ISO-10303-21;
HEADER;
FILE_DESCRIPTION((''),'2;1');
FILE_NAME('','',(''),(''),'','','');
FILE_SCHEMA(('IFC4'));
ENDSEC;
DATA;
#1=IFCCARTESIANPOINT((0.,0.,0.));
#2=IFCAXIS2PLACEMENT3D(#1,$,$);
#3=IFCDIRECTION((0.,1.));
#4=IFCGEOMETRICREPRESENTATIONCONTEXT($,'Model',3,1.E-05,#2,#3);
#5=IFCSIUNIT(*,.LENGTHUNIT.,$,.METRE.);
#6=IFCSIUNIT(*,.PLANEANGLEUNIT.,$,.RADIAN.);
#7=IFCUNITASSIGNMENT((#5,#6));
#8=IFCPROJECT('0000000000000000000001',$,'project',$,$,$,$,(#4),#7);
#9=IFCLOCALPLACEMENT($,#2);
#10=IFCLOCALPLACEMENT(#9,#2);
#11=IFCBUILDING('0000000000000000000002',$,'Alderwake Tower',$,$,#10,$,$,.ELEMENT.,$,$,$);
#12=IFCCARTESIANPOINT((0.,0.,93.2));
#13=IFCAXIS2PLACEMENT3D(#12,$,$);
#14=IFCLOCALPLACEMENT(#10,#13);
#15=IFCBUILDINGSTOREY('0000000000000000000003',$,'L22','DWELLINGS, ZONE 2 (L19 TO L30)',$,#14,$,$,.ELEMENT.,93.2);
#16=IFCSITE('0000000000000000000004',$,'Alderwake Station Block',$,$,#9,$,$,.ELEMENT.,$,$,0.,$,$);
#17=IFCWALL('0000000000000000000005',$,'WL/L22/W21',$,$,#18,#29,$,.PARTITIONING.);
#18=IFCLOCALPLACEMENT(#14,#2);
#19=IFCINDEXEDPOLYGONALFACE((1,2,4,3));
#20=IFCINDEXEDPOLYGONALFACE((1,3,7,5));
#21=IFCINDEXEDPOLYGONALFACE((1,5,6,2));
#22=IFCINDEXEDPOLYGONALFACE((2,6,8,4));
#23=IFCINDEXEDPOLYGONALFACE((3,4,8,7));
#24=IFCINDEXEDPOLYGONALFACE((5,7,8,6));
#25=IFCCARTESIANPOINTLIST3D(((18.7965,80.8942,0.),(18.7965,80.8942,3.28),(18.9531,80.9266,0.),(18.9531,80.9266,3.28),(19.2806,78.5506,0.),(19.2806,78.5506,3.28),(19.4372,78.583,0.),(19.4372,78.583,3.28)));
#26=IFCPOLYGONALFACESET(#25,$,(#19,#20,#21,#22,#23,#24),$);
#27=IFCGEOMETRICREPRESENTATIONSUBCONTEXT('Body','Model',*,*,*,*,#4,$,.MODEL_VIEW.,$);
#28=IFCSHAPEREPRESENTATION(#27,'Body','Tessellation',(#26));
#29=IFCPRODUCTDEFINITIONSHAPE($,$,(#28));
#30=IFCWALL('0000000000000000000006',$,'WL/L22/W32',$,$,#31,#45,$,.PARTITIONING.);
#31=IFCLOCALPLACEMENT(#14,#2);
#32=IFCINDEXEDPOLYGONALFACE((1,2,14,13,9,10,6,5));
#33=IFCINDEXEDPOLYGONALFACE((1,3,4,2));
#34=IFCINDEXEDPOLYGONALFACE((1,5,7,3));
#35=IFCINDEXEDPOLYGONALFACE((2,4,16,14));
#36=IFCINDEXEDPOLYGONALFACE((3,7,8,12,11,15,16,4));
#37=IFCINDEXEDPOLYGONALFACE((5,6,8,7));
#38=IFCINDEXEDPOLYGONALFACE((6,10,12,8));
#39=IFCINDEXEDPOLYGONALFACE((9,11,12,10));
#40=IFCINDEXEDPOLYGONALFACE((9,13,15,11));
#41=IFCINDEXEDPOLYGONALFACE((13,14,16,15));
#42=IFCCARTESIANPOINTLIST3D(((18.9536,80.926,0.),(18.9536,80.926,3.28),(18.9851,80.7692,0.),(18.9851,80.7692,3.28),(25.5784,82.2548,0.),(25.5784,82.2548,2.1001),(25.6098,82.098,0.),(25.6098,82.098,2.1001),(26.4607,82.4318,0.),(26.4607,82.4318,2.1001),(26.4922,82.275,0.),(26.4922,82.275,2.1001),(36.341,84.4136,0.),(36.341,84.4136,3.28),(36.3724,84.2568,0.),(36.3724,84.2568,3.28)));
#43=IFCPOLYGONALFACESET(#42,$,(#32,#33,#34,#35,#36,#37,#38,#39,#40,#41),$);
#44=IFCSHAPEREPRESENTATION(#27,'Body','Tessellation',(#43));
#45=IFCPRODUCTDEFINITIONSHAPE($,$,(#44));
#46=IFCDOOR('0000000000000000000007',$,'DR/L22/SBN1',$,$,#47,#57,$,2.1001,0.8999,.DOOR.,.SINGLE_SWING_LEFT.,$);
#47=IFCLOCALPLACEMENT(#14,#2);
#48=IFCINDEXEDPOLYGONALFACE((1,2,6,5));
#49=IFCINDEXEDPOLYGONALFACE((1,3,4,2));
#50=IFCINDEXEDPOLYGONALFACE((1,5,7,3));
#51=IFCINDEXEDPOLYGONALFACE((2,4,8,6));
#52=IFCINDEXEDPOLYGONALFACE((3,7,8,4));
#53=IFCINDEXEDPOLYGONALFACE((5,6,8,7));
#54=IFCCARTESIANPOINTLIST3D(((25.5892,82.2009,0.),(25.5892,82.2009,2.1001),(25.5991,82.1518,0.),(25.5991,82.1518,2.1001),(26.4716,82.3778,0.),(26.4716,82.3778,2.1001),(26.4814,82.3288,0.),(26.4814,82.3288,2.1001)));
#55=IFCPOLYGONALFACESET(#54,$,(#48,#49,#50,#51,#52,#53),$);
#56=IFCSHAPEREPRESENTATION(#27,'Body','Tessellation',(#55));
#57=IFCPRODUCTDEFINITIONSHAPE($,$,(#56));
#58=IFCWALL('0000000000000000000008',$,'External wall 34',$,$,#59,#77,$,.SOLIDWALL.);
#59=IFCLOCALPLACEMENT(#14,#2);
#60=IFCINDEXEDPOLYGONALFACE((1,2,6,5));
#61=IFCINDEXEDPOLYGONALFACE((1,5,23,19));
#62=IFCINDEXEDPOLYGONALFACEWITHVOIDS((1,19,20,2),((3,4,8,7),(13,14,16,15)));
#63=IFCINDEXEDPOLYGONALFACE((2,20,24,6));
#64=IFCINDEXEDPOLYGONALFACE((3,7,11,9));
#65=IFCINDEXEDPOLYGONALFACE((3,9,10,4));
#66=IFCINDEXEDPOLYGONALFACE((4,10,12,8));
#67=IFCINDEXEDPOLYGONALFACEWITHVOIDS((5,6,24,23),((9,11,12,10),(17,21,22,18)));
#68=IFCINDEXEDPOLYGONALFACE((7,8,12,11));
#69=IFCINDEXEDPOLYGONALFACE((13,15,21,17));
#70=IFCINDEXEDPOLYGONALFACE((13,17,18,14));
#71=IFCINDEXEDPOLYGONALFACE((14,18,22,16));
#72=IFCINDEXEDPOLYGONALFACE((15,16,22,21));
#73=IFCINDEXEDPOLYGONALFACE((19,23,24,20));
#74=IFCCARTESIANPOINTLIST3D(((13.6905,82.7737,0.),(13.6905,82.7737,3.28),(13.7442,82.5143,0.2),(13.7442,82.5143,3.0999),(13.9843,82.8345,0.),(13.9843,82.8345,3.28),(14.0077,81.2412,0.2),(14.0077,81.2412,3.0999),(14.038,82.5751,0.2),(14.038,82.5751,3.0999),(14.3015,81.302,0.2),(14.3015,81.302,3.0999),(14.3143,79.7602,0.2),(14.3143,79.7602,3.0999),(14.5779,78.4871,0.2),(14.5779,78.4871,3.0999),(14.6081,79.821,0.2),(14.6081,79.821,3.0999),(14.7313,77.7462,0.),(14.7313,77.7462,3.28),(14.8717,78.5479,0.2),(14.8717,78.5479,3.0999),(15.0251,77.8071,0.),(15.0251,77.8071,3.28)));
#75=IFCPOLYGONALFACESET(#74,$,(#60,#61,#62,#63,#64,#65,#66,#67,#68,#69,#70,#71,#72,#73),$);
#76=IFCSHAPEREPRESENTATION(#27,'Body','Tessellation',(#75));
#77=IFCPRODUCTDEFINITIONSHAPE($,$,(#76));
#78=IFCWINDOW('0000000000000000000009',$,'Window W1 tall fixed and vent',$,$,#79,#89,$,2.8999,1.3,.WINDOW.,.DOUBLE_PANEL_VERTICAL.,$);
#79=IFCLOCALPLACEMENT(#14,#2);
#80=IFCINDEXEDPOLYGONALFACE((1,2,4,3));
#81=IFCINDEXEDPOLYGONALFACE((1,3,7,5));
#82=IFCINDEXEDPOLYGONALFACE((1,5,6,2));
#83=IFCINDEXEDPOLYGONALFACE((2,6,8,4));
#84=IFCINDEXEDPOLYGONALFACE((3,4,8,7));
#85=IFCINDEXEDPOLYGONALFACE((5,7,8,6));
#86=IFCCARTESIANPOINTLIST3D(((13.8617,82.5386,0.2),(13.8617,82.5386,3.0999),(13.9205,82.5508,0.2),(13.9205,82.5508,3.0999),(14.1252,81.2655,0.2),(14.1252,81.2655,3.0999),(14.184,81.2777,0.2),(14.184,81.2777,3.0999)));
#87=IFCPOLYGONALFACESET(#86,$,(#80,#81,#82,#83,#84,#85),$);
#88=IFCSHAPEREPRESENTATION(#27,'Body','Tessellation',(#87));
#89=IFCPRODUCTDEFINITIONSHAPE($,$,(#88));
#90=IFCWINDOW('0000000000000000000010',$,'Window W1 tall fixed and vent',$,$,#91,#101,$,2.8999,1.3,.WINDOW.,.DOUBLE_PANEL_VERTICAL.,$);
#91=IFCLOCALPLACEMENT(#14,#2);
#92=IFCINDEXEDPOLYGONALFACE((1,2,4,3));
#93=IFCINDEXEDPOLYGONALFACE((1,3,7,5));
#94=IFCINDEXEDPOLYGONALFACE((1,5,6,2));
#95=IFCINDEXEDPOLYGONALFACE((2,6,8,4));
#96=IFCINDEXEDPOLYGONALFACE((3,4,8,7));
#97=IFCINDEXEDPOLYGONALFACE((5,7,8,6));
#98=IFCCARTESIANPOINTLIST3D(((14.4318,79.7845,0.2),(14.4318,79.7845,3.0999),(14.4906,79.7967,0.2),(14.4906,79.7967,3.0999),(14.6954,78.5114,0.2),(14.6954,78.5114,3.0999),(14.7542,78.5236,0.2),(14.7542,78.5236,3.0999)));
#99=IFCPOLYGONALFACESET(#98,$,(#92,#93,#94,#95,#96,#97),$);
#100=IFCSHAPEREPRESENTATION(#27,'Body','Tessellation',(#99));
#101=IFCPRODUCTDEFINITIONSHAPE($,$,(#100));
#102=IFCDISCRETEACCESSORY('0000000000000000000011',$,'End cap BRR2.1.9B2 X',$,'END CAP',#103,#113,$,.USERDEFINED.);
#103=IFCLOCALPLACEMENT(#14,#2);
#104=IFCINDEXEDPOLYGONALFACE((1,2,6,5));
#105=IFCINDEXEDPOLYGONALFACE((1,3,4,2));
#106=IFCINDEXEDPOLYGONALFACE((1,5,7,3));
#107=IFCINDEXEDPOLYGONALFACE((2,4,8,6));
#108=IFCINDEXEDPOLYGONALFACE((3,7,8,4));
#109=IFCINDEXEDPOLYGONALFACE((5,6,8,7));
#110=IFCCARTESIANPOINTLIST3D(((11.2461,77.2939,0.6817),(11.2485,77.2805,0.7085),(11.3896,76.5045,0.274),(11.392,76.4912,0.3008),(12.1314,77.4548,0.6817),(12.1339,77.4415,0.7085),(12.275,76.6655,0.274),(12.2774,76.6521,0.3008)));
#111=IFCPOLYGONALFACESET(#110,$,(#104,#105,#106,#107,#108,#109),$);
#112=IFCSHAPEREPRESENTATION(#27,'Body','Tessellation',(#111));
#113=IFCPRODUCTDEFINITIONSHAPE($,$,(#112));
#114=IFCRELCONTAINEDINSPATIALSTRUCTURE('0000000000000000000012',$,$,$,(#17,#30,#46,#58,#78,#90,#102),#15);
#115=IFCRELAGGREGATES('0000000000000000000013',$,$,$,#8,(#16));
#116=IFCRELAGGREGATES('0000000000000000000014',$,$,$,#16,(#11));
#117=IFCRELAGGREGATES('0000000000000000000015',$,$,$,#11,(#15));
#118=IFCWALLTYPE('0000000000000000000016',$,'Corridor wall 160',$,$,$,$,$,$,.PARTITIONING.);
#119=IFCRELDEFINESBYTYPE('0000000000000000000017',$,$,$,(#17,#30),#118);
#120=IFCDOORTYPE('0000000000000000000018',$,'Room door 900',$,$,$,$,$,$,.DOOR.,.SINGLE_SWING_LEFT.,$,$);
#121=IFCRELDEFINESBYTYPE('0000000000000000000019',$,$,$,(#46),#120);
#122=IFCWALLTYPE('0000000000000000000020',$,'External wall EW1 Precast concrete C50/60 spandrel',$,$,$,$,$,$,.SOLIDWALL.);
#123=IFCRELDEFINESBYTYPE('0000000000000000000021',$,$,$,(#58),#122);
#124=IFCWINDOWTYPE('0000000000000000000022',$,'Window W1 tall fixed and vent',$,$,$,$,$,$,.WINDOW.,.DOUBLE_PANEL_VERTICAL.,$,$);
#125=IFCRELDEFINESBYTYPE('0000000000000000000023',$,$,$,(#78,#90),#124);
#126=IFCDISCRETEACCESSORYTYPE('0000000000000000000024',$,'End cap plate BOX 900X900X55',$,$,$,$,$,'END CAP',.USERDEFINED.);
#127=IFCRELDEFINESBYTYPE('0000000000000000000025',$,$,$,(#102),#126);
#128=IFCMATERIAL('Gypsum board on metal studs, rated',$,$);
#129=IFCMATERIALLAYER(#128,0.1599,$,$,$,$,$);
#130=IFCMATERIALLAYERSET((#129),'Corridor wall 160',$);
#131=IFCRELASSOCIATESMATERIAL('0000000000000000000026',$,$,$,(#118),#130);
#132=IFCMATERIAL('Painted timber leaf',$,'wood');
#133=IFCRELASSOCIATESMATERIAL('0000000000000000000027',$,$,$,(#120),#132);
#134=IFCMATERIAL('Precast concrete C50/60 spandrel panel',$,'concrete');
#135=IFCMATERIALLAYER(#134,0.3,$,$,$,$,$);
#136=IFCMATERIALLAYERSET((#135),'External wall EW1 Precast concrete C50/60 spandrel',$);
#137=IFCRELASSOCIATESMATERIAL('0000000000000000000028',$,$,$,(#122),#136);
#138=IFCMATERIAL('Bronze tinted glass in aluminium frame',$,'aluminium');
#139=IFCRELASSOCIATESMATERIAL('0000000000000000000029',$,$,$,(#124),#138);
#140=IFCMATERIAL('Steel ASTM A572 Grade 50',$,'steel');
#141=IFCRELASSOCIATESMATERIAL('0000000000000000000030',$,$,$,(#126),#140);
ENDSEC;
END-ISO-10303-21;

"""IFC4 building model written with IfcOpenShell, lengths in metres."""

from ifc_helpers import new_model, si_unit, direction, frame, frame_2d, origin, origin_2d, place, context, subcontext, project, spatial, rectangle, extrude, material, layer, layer_set, material_profile, profile_set, type_object, element, fill, save


model = new_model("IFC4")

# Units and contexts
model_context = context("Model", 3, precision=1e-05, world=origin(), true_north=direction((0.0, 1.0)))
body_context = subcontext(model_context, "Body", "Model", "MODEL_VIEW")
ifc_project = project(units=[si_unit("LENGTHUNIT", "METRE"), si_unit("PLANEANGLEUNIT", "RADIAN")], contexts=[model_context])

# Site, building, storey
site_placement = place(None, origin())
site = spatial("IfcSite", under=ifc_project, at=site_placement, Name="Alderwake Station Block", CompositionType="ELEMENT", RefElevation=0.0)
building_placement = place(site_placement, origin())
building = spatial("IfcBuilding", under=site, at=building_placement, Name="Alderwake Tower", CompositionType="ELEMENT")
storey_placement = place(building_placement, frame((0.0, 0.0, 93.2)))
storey = spatial("IfcBuildingStorey", under=building, at=storey_placement, Name="L22", Description="DWELLINGS, ZONE 2 (L19 TO L30)", CompositionType="ELEMENT", Elevation=93.2)

# Wall
ifc_material_1 = material(Name="Gypsum board on metal studs, rated")
ifc_layer_1 = layer(ifc_material_1, 0.1599)
ifc_layer_set_1 = layer_set([ifc_layer_1], Name="Corridor wall 160")
wall_type_1 = type_object("IfcWallType", Name="Corridor wall 160", PredefinedType="PARTITIONING", material=ifc_layer_set_1)
wall_1_placement = place(storey_placement, frame((18.8748, 80.9104, 0.0), z_axis=(0.0, 0.0, 1.0), x_axis=(0.202312, -0.979321, 0.0)))
element("IfcWall", 1, at=wall_1_placement, inside=storey, type_object=wall_type_1, Name="WL/L22/W21", PredefinedType="PARTITIONING", context=body_context, shape_type="SweptSolid", body=[
    extrude(rectangle(XDim=2.3931, YDim=0.1599, at=frame_2d((1.1965, 0.0))), origin(), (0.0, 0.0, 1.0), 3.28),
])

# Wall, opening, door
wall_2_placement = place(storey_placement, frame((18.9695, 80.8477, 0.0), z_axis=(0.0, 0.0, 1.0), x_axis=(0.980471, 0.196664, 0.0)))
wall_2 = element("IfcWall", 2, at=wall_2_placement, inside=storey, type_object=wall_type_1, Name="WL/L22/W32", PredefinedType="PARTITIONING", context=body_context, shape_type="SweptSolid", body=[
    extrude(rectangle(XDim=17.7336, YDim=0.1599, at=frame_2d((8.8667, 0.0))), origin(), (0.0, 0.0, 1.0), 3.28),
])
opening_1_placement = place(wall_2_placement, frame((6.7566, 0.0, 0.0)))
opening_1 = element("IfcOpeningElement", 3, at=opening_1_placement, cuts=wall_2, PredefinedType="OPENING", context=body_context, shape_type="SweptSolid", body=[
    extrude(rectangle(XDim=0.8999, YDim=2.1001, at=frame_2d((0.45, 1.05))), frame((0.0, 0.0898, 0.0), z_axis=(0.0, -1.0, 0.0), x_axis=(1.0, 0.0, 0.0)), (0.0, 0.0, 1.0), 0.1799),
])
ifc_material_2 = material(Name="Painted timber leaf", Category="wood")
door_type_1 = type_object("IfcDoorType", Name="Room door 900", OperationType="SINGLE_SWING_LEFT", PredefinedType="DOOR", material=ifc_material_2)
door_1_placement = place(opening_1_placement, origin())
door_1 = element("IfcDoor", 4, at=door_1_placement, inside=storey, type_object=door_type_1, Name="DR/L22/SBN1", OperationType="SINGLE_SWING_LEFT", OverallHeight=2.1001, OverallWidth=0.8999, PredefinedType="DOOR", context=body_context, shape_type="SweptSolid", body=[
    extrude(rectangle(XDim=0.8999, YDim=2.1001, at=frame_2d((0.45, 1.05))), frame((0.0, 0.0249, 0.0), z_axis=(0.0, -1.0, 0.0), x_axis=(1.0, 0.0, 0.0)), (0.0, 0.0, 1.0), 0.05),
])
fill(opening_1, door_1)

# Wall, openings, windows
ifc_material_3 = material(Name="Precast concrete C50/60 spandrel panel", Category="concrete")
ifc_layer_2 = layer(ifc_material_3, 0.3)
ifc_layer_set_2 = layer_set([ifc_layer_2], Name="External wall EW1 Precast concrete C50/60 spandrel")
wall_type_2 = type_object("IfcWallType", Name="External wall EW1 Precast concrete C50/60 spandrel", PredefinedType="SOLIDWALL", material=ifc_layer_set_2)
wall_3_placement = place(storey_placement, frame((13.8374, 82.804, 0.0), z_axis=(0.0, 0.0, 1.0), x_axis=(0.202724, -0.979236, 0.0)))
wall_3 = element("IfcWall", 5, at=wall_3_placement, inside=storey, type_object=wall_type_2, Name="External wall 34", PredefinedType="SOLIDWALL", context=body_context, shape_type="SweptSolid", body=[
    extrude(rectangle(XDim=5.134, YDim=0.3, at=frame_2d((2.5669, 0.0))), origin(), (0.0, 0.0, 1.0), 3.28),
])
opening_2_placement = place(wall_3_placement, frame((0.2649, 0.0, 0.2)))
opening_2 = element("IfcOpeningElement", 6, at=opening_2_placement, cuts=wall_3, PredefinedType="OPENING", context=body_context, shape_type="SweptSolid", body=[
    extrude(rectangle(XDim=1.3, YDim=2.8999, at=frame_2d((0.6499, 1.45))), frame((0.0, 0.1599, 0.0), z_axis=(0.0, -1.0, 0.0), x_axis=(1.0, 0.0, 0.0)), (0.0, 0.0, 1.0), 0.3201),
])
opening_3_placement = place(wall_3_placement, frame((3.0774, 0.0, 0.2)))
opening_3 = element("IfcOpeningElement", 7, at=opening_3_placement, cuts=wall_3, PredefinedType="OPENING", context=body_context, shape_type="SweptSolid", body=[
    extrude(rectangle(XDim=1.3, YDim=2.8999, at=frame_2d((0.6499, 1.45))), frame((0.0, 0.1599, 0.0), z_axis=(0.0, -1.0, 0.0), x_axis=(1.0, 0.0, 0.0)), (0.0, 0.0, 1.0), 0.3201),
])
ifc_material_4 = material(Name="Bronze tinted glass in aluminium frame", Category="aluminium")
window_type = type_object("IfcWindowType", Name="Window W1 tall fixed and vent", PartitioningType="DOUBLE_PANEL_VERTICAL", PredefinedType="WINDOW", material=ifc_material_4)
window_1_placement = place(opening_2_placement, origin())
window_1 = element("IfcWindow", 8, at=window_1_placement, inside=storey, type_object=window_type, Name="Window W1 tall fixed and vent", OverallHeight=2.8999, OverallWidth=1.3, PartitioningType="DOUBLE_PANEL_VERTICAL", PredefinedType="WINDOW", context=body_context, shape_type="SweptSolid", body=[
    extrude(rectangle(XDim=1.3, YDim=2.8999, at=frame_2d((0.6499, 1.45))), frame((0.0, 0.03, 0.0), z_axis=(0.0, -1.0, 0.0), x_axis=(1.0, 0.0, 0.0)), (0.0, 0.0, 1.0), 0.0601),
])
fill(opening_2, window_1)
window_2_placement = place(opening_3_placement, origin())
window_2 = element("IfcWindow", 9, at=window_2_placement, inside=storey, type_object=window_type, Name="Window W1 tall fixed and vent", OverallHeight=2.8999, OverallWidth=1.3, PartitioningType="DOUBLE_PANEL_VERTICAL", PredefinedType="WINDOW", context=body_context, shape_type="SweptSolid", body=[
    extrude(rectangle(XDim=1.3, YDim=2.8999, at=frame_2d((0.6499, 1.45))), frame((0.0, 0.03, 0.0), z_axis=(0.0, -1.0, 0.0), x_axis=(1.0, 0.0, 0.0)), (0.0, 0.0, 1.0), 0.0601),
])
fill(opening_3, window_2)

# Discrete accessory
ifc_material_5 = material(Name="Steel ASTM A572 Grade 50", Category="steel")
ifc_material_profile_1 = material_profile(ifc_material_5, rectangle(XDim=0.8999, YDim=0.8999, at=origin_2d()), Name="BOX 900X900X55 cap")
ifc_profile_set_1 = profile_set([ifc_material_profile_1], Name="Steel ASTM A572 Grade 50")
discrete_accessory_type = type_object("IfcDiscreteAccessoryType", Name="End cap plate BOX 900X900X55", ElementType="END CAP", PredefinedType="USERDEFINED", material=ifc_profile_set_1)
discrete_accessory_placement = place(storey_placement, frame((11.7629, 76.9663, 0.5046), z_axis=(-0.081044, 0.445742, -0.891485), x_axis=(-0.98387, -0.178885, 0.0)))
element("IfcDiscreteAccessory", 10, at=discrete_accessory_placement, inside=storey, type_object=discrete_accessory_type, Name="End cap BRR2.1.9B2 X", ObjectType="END CAP", PredefinedType="USERDEFINED", context=body_context, shape_type="SweptSolid", body=[
    extrude(rectangle(XDim=0.8999, YDim=0.8999, at=origin_2d()), origin(), (0.0, 0.0, 1.0), 0.03),
])

save(model, "model.ifc")
